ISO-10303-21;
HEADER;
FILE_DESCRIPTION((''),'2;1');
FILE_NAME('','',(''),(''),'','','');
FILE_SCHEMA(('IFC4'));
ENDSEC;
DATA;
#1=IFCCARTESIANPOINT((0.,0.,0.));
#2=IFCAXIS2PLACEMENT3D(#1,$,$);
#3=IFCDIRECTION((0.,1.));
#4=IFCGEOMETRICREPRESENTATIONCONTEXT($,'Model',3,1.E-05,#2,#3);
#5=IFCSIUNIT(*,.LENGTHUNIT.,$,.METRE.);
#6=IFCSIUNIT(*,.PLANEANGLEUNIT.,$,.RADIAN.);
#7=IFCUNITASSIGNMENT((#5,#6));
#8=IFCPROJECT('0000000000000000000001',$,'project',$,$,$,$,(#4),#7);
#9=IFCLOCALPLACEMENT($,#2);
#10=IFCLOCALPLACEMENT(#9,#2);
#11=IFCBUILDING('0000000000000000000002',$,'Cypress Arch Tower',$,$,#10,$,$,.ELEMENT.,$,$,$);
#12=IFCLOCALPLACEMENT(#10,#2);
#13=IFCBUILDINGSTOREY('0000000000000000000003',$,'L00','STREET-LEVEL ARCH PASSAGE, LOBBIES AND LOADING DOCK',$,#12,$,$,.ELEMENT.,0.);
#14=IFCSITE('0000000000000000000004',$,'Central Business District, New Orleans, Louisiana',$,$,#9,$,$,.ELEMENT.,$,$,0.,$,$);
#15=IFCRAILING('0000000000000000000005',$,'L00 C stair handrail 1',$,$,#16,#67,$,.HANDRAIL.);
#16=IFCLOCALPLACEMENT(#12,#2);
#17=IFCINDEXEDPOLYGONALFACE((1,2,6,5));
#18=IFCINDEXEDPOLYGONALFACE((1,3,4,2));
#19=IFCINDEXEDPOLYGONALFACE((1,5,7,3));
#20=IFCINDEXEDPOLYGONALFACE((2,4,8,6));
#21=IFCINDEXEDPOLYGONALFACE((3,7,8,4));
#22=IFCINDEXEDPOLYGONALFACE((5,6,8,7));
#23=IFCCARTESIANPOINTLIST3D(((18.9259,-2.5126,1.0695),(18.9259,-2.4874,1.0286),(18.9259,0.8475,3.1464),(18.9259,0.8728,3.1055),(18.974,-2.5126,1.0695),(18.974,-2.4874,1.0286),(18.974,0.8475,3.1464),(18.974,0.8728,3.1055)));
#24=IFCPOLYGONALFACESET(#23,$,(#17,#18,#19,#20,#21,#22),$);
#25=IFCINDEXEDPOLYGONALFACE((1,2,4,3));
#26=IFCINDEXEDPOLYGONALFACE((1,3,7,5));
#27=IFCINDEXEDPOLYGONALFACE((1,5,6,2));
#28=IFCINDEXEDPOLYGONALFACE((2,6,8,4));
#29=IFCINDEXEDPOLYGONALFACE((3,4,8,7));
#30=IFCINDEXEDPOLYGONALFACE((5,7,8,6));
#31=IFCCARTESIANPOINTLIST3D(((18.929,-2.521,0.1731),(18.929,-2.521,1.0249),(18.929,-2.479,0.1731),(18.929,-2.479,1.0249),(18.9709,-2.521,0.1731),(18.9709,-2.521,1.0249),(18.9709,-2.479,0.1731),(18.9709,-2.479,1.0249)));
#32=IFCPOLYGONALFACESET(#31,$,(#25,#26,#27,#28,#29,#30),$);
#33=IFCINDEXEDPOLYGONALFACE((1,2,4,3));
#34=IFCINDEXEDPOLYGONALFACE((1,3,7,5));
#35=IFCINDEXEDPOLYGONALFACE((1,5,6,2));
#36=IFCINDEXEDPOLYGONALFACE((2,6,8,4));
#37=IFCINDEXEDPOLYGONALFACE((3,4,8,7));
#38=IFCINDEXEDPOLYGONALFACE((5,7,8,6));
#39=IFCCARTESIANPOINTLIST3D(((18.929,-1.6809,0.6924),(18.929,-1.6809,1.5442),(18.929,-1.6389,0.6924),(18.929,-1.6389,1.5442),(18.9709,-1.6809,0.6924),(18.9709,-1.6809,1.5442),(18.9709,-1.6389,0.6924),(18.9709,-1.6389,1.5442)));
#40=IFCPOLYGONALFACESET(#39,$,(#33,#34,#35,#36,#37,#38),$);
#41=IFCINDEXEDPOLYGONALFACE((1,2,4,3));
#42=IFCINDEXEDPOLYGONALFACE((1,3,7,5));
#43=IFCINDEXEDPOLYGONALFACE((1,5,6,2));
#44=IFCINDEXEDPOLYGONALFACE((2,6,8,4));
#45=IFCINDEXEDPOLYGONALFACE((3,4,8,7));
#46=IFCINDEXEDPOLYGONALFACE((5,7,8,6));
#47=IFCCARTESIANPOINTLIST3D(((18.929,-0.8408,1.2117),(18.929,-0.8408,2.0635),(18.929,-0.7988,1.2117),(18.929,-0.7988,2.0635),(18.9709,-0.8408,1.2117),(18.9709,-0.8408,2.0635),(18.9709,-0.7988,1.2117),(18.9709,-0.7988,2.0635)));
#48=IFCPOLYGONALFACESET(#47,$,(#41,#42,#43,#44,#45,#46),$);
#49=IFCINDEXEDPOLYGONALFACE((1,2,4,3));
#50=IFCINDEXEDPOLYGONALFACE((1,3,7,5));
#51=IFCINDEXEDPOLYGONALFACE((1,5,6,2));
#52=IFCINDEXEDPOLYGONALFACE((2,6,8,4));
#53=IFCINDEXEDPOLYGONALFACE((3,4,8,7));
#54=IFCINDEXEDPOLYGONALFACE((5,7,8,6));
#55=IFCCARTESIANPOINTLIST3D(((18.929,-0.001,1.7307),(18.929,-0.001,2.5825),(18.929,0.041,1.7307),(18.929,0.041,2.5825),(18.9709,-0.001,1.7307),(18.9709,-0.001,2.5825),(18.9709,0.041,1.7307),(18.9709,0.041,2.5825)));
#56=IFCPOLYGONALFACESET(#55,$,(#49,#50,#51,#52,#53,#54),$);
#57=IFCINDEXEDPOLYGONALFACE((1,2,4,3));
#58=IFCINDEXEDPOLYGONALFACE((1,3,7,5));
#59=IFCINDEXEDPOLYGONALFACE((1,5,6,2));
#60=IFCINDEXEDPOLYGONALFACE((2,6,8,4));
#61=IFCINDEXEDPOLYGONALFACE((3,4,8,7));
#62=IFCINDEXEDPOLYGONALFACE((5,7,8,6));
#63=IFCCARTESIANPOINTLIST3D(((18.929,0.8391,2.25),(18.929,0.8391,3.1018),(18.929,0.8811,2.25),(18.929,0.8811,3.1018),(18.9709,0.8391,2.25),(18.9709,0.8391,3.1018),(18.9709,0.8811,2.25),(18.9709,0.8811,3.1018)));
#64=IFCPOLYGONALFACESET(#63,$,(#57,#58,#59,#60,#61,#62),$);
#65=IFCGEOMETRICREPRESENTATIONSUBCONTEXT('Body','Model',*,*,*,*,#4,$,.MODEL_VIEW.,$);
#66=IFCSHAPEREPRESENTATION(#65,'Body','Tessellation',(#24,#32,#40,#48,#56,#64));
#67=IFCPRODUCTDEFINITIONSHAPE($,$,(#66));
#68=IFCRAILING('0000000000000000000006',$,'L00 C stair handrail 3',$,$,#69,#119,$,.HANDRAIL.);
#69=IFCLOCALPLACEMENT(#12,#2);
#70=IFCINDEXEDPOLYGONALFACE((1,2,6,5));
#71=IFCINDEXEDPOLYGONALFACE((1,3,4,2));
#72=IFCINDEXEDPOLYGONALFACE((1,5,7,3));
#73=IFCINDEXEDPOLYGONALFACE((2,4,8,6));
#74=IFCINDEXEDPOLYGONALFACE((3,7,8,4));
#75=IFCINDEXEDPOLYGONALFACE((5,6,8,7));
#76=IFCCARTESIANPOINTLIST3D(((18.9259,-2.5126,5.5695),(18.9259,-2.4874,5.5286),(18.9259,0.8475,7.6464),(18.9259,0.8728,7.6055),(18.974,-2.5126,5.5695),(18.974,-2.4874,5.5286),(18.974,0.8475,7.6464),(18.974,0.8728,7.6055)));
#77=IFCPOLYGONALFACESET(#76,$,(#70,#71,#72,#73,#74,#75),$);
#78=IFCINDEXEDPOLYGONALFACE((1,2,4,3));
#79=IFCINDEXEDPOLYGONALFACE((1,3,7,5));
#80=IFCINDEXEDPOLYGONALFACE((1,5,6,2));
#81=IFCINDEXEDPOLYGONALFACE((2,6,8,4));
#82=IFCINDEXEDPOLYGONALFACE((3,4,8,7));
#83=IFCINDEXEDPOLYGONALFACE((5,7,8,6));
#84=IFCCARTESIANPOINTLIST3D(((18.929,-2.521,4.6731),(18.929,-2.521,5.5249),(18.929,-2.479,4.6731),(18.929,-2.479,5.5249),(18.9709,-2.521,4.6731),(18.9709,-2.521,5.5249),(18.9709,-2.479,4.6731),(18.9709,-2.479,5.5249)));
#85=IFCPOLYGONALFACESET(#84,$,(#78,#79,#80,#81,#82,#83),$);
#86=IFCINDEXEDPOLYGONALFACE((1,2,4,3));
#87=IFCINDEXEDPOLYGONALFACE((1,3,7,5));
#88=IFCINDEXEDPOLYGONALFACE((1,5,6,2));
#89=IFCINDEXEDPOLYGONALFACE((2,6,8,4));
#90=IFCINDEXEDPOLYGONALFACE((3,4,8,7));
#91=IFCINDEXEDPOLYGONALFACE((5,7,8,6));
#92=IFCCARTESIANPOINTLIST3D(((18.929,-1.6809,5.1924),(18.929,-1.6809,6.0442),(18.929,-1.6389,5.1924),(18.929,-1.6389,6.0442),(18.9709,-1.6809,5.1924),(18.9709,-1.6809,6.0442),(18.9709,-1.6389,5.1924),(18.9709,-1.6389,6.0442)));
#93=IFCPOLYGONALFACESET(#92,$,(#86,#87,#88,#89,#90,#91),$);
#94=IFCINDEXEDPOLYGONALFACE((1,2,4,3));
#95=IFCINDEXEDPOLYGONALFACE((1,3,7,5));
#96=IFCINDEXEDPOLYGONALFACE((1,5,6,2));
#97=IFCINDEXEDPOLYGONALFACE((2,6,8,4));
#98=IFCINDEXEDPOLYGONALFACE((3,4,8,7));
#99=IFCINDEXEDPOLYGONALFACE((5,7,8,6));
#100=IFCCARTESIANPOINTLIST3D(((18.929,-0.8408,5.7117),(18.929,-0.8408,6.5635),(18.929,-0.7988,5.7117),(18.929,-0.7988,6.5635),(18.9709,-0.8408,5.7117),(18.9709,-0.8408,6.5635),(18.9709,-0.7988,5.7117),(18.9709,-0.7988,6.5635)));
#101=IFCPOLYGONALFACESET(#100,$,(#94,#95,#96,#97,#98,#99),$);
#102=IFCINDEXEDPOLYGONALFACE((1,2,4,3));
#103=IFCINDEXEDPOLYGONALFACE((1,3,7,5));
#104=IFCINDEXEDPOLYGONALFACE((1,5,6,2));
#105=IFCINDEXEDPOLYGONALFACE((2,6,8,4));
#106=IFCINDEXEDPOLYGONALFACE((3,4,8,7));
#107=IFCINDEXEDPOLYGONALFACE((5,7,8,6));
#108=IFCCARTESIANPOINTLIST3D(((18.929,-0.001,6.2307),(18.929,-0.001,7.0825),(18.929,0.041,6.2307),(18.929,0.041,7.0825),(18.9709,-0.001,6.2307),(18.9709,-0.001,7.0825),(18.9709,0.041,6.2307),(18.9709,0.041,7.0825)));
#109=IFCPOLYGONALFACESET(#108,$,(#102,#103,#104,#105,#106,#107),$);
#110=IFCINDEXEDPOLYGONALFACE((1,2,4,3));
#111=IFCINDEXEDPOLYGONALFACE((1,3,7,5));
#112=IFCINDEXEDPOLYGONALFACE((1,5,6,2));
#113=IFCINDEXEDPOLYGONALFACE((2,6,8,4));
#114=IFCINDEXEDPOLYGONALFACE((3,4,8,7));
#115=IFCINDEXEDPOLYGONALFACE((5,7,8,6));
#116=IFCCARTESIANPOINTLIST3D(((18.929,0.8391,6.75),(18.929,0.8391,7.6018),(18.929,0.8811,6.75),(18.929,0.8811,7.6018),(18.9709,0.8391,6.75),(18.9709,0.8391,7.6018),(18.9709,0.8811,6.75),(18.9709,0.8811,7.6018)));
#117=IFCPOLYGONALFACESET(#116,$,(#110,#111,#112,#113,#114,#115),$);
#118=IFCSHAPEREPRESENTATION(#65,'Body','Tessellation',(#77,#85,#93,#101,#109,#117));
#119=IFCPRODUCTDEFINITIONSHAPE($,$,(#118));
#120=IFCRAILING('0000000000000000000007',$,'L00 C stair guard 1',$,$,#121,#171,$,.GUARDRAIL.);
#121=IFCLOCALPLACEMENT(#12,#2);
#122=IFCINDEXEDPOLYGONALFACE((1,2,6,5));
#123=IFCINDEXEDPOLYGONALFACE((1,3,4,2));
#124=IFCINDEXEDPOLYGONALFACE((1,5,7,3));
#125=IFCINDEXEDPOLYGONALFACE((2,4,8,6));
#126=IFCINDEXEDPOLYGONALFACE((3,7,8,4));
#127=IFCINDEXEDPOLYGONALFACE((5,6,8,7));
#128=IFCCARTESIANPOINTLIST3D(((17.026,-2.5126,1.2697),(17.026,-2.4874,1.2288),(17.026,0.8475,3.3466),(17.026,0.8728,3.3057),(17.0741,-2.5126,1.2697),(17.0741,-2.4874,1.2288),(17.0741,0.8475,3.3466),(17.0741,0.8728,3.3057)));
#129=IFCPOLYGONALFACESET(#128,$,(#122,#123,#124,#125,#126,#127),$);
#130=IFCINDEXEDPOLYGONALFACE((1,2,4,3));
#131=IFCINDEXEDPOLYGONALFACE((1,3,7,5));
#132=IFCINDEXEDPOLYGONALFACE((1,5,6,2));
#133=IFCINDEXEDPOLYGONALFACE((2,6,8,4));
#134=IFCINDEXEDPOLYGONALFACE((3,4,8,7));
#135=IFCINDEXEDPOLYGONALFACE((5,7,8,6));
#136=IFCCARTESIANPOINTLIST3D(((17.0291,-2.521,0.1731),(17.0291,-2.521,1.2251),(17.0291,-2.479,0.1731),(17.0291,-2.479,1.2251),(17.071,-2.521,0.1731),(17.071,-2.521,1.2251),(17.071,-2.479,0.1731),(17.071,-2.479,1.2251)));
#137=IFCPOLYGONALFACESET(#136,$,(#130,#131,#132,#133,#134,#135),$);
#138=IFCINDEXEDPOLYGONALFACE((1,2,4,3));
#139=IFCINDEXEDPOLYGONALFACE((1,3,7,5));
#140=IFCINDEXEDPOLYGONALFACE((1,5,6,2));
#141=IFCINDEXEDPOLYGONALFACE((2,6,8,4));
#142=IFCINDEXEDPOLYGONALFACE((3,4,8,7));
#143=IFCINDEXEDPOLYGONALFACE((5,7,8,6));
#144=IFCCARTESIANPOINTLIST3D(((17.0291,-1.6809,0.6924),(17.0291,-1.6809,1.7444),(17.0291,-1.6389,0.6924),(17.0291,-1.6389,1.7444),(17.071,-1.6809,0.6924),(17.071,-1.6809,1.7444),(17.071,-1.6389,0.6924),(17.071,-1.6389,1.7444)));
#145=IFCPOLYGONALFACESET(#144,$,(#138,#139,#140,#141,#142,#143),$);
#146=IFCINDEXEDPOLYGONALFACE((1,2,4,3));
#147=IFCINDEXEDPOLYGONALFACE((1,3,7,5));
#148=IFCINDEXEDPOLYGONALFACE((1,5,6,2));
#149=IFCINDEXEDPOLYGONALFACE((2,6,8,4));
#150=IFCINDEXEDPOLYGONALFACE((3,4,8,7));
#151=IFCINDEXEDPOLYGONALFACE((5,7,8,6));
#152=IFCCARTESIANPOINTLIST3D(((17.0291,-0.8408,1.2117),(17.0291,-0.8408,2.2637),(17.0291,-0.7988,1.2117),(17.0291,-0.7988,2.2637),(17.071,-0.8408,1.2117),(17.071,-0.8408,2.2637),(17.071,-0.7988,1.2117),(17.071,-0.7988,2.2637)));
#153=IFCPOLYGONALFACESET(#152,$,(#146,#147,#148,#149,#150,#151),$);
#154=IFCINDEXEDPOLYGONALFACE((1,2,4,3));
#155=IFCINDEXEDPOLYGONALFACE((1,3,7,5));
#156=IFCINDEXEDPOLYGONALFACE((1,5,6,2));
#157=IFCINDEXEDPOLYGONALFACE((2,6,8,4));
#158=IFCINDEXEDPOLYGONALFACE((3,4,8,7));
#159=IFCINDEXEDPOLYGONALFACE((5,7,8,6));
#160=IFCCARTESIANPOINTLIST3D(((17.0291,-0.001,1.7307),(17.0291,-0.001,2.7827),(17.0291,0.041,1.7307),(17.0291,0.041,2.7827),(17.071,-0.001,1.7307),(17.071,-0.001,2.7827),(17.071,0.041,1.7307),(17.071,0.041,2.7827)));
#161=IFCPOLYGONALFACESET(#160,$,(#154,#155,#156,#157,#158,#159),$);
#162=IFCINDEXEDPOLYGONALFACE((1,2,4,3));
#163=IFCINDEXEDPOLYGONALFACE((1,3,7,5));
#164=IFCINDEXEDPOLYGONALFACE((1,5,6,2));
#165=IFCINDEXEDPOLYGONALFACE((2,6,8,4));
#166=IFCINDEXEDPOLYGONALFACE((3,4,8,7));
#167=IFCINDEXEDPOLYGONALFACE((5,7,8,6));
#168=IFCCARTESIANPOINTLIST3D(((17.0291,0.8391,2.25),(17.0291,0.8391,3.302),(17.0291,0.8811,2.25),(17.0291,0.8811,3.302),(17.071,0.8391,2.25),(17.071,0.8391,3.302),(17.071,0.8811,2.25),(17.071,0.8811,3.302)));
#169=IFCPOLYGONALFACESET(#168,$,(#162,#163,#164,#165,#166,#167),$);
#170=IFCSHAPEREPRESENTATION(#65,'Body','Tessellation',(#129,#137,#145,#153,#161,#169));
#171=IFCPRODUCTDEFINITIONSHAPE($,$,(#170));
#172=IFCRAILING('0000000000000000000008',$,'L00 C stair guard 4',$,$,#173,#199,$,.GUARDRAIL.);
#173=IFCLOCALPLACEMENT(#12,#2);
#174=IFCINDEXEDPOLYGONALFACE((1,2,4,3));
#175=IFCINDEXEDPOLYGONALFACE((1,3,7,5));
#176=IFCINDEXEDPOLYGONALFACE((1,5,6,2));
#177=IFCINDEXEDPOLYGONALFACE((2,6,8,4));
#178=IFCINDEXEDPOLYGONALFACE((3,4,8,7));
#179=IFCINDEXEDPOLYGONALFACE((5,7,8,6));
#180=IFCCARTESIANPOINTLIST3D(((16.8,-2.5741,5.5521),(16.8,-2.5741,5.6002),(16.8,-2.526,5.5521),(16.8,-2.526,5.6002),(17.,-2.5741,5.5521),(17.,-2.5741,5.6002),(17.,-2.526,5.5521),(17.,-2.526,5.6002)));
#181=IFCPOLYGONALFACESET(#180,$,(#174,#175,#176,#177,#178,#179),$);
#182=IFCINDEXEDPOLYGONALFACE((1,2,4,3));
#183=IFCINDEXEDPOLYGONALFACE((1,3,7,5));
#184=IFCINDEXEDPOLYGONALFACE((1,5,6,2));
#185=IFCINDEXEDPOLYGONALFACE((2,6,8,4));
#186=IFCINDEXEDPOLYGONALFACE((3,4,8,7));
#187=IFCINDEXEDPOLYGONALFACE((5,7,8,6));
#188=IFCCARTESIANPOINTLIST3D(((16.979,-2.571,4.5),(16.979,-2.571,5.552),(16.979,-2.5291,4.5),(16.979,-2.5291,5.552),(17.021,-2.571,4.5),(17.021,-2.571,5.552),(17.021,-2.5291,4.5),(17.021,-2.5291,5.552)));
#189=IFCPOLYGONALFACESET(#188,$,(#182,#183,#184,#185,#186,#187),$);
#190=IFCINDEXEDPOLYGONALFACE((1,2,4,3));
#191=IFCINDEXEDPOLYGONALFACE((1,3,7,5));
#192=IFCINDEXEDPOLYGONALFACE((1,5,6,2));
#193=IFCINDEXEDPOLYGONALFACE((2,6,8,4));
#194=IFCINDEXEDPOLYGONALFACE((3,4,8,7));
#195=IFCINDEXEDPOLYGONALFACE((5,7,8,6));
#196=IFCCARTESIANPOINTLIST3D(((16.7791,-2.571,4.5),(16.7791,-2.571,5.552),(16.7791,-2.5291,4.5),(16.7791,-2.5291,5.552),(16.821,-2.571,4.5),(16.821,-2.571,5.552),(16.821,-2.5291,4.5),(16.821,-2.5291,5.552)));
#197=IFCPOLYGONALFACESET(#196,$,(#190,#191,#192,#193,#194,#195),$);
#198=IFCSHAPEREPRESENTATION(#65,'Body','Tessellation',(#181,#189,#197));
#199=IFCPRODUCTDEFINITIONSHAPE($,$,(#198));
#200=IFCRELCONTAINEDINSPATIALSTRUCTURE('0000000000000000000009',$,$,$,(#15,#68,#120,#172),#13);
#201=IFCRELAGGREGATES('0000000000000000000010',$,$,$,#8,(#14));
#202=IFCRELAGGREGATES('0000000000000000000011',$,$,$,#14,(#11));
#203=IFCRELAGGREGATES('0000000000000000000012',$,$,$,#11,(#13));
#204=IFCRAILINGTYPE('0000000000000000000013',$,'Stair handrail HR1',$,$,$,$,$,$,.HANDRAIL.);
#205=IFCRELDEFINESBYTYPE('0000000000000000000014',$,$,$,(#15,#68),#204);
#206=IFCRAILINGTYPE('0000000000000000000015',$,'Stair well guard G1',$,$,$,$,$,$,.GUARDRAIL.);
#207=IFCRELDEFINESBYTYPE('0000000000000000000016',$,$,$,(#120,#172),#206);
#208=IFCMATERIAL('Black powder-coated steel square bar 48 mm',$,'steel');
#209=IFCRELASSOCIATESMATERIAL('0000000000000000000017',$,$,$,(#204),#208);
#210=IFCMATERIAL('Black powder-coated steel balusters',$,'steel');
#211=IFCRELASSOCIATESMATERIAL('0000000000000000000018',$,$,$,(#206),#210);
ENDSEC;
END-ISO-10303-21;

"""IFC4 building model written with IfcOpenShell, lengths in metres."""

from ifc_helpers import new_model, si_unit, direction, frame, origin, origin_2d, place, context, subcontext, project, spatial, rectangle, extrude, material, type_object, element, save


model = new_model("IFC4")

# Units and contexts
model_context = context("Model", 3, precision=1e-05, world=origin(), true_north=direction((0.0, 1.0)))
body_context = subcontext(model_context, "Body", "Model", "MODEL_VIEW")
ifc_project = project(units=[si_unit("LENGTHUNIT", "METRE"), si_unit("PLANEANGLEUNIT", "RADIAN")], contexts=[model_context])

# Site, building, storey
site_placement = place(None, origin())
site = spatial("IfcSite", under=ifc_project, at=site_placement, Name="Central Business District, New Orleans, Louisiana", CompositionType="ELEMENT", RefElevation=0.0)
building_placement = place(site_placement, origin())
building = spatial("IfcBuilding", under=site, at=building_placement, Name="Cypress Arch Tower", CompositionType="ELEMENT")
storey_placement = place(building_placement, origin())
storey = spatial("IfcBuildingStorey", under=building, at=storey_placement, Name="L00", Description="STREET-LEVEL ARCH PASSAGE, LOBBIES AND LOADING DOCK", CompositionType="ELEMENT", Elevation=0.0)

# Railings
ifc_material_1 = material(Name="Black powder-coated steel square bar 48 mm", Category="steel")
railing_type_1 = type_object("IfcRailingType", Name="Stair handrail HR1", PredefinedType="HANDRAIL", material=ifc_material_1)
for number, where, name in (
    (1, (18.95, -2.5, 0.1731), "L00 C stair handrail 1"),
    (2, (18.95, -2.5, 4.6731), "L00 C stair handrail 3"),
):
    element("IfcRailing", number, at=place(storey_placement, frame(where)), inside=storey, type_object=railing_type_1, Name=name, PredefinedType="HANDRAIL", context=body_context, shape_type="SweptSolid", body=[
        extrude(rectangle(XDim=0.0481, YDim=0.0481, at=origin_2d()), frame((0.0, 0.0, 0.876), z_axis=(0.0, 0.850623, 0.525776), x_axis=(-1.0, 0.0, 0.0)), (0.0, 0.0, 1.0), 3.9502),
        extrude(rectangle(XDim=0.042, YDim=0.042, at=origin_2d()), origin(), (0.0, 0.0, 1.0), 0.8518),
        extrude(rectangle(XDim=0.042, YDim=0.042, at=origin_2d()), frame((0.0, 0.8401, 0.5193)), (0.0, 0.0, 1.0), 0.8518),
        extrude(rectangle(XDim=0.042, YDim=0.042, at=origin_2d()), frame((0.0, 1.6802, 1.0386)), (0.0, 0.0, 1.0), 0.8518),
        extrude(rectangle(XDim=0.042, YDim=0.042, at=origin_2d()), frame((0.0, 2.52, 1.5576)), (0.0, 0.0, 1.0), 0.8518),
        extrude(rectangle(XDim=0.042, YDim=0.042, at=origin_2d()), frame((0.0, 3.3601, 2.0769)), (0.0, 0.0, 1.0), 0.8518),
    ])
ifc_material_2 = material(Name="Black powder-coated steel balusters", Category="steel")
railing_type_2 = type_object("IfcRailingType", Name="Stair well guard G1", PredefinedType="GUARDRAIL", material=ifc_material_2)
railing_1_placement = place(storey_placement, frame((17.05, -2.5, 0.1731)))
element("IfcRailing", 3, at=railing_1_placement, inside=storey, type_object=railing_type_2, Name="L00 C stair guard 1", PredefinedType="GUARDRAIL", context=body_context, shape_type="SweptSolid", body=[
    extrude(rectangle(XDim=0.0481, YDim=0.0481, at=origin_2d()), frame((0.0, 0.0, 1.0762), z_axis=(0.0, 0.850623, 0.525776), x_axis=(-1.0, 0.0, 0.0)), (0.0, 0.0, 1.0), 3.9502),
    extrude(rectangle(XDim=0.042, YDim=0.042, at=origin_2d()), origin(), (0.0, 0.0, 1.0), 1.052),
    extrude(rectangle(XDim=0.042, YDim=0.042, at=origin_2d()), frame((0.0, 0.8401, 0.5193)), (0.0, 0.0, 1.0), 1.052),
    extrude(rectangle(XDim=0.042, YDim=0.042, at=origin_2d()), frame((0.0, 1.6802, 1.0386)), (0.0, 0.0, 1.0), 1.052),
    extrude(rectangle(XDim=0.042, YDim=0.042, at=origin_2d()), frame((0.0, 2.52, 1.5576)), (0.0, 0.0, 1.0), 1.052),
    extrude(rectangle(XDim=0.042, YDim=0.042, at=origin_2d()), frame((0.0, 3.3601, 2.0769)), (0.0, 0.0, 1.0), 1.052),
])
railing_2_placement = place(storey_placement, frame((17.0, -2.55, 4.5)))
element("IfcRailing", 4, at=railing_2_placement, inside=storey, type_object=railing_type_2, Name="L00 C stair guard 4", PredefinedType="GUARDRAIL", context=body_context, shape_type="SweptSolid", body=[
    extrude(rectangle(XDim=0.0481, YDim=0.0481, at=origin_2d()), frame((0.0, 0.0, 1.0762), z_axis=(-1.0, 0.0, 0.0), x_axis=(0.0, -1.0, 0.0)), (0.0, 0.0, 1.0), 0.2),
    extrude(rectangle(XDim=0.042, YDim=0.042, at=origin_2d()), origin(), (0.0, 0.0, 1.0), 1.052),
    extrude(rectangle(XDim=0.042, YDim=0.042, at=origin_2d()), frame((-0.2, 0.0, 0.0)), (0.0, 0.0, 1.0), 1.052),
])

save(model, "model.ifc")
